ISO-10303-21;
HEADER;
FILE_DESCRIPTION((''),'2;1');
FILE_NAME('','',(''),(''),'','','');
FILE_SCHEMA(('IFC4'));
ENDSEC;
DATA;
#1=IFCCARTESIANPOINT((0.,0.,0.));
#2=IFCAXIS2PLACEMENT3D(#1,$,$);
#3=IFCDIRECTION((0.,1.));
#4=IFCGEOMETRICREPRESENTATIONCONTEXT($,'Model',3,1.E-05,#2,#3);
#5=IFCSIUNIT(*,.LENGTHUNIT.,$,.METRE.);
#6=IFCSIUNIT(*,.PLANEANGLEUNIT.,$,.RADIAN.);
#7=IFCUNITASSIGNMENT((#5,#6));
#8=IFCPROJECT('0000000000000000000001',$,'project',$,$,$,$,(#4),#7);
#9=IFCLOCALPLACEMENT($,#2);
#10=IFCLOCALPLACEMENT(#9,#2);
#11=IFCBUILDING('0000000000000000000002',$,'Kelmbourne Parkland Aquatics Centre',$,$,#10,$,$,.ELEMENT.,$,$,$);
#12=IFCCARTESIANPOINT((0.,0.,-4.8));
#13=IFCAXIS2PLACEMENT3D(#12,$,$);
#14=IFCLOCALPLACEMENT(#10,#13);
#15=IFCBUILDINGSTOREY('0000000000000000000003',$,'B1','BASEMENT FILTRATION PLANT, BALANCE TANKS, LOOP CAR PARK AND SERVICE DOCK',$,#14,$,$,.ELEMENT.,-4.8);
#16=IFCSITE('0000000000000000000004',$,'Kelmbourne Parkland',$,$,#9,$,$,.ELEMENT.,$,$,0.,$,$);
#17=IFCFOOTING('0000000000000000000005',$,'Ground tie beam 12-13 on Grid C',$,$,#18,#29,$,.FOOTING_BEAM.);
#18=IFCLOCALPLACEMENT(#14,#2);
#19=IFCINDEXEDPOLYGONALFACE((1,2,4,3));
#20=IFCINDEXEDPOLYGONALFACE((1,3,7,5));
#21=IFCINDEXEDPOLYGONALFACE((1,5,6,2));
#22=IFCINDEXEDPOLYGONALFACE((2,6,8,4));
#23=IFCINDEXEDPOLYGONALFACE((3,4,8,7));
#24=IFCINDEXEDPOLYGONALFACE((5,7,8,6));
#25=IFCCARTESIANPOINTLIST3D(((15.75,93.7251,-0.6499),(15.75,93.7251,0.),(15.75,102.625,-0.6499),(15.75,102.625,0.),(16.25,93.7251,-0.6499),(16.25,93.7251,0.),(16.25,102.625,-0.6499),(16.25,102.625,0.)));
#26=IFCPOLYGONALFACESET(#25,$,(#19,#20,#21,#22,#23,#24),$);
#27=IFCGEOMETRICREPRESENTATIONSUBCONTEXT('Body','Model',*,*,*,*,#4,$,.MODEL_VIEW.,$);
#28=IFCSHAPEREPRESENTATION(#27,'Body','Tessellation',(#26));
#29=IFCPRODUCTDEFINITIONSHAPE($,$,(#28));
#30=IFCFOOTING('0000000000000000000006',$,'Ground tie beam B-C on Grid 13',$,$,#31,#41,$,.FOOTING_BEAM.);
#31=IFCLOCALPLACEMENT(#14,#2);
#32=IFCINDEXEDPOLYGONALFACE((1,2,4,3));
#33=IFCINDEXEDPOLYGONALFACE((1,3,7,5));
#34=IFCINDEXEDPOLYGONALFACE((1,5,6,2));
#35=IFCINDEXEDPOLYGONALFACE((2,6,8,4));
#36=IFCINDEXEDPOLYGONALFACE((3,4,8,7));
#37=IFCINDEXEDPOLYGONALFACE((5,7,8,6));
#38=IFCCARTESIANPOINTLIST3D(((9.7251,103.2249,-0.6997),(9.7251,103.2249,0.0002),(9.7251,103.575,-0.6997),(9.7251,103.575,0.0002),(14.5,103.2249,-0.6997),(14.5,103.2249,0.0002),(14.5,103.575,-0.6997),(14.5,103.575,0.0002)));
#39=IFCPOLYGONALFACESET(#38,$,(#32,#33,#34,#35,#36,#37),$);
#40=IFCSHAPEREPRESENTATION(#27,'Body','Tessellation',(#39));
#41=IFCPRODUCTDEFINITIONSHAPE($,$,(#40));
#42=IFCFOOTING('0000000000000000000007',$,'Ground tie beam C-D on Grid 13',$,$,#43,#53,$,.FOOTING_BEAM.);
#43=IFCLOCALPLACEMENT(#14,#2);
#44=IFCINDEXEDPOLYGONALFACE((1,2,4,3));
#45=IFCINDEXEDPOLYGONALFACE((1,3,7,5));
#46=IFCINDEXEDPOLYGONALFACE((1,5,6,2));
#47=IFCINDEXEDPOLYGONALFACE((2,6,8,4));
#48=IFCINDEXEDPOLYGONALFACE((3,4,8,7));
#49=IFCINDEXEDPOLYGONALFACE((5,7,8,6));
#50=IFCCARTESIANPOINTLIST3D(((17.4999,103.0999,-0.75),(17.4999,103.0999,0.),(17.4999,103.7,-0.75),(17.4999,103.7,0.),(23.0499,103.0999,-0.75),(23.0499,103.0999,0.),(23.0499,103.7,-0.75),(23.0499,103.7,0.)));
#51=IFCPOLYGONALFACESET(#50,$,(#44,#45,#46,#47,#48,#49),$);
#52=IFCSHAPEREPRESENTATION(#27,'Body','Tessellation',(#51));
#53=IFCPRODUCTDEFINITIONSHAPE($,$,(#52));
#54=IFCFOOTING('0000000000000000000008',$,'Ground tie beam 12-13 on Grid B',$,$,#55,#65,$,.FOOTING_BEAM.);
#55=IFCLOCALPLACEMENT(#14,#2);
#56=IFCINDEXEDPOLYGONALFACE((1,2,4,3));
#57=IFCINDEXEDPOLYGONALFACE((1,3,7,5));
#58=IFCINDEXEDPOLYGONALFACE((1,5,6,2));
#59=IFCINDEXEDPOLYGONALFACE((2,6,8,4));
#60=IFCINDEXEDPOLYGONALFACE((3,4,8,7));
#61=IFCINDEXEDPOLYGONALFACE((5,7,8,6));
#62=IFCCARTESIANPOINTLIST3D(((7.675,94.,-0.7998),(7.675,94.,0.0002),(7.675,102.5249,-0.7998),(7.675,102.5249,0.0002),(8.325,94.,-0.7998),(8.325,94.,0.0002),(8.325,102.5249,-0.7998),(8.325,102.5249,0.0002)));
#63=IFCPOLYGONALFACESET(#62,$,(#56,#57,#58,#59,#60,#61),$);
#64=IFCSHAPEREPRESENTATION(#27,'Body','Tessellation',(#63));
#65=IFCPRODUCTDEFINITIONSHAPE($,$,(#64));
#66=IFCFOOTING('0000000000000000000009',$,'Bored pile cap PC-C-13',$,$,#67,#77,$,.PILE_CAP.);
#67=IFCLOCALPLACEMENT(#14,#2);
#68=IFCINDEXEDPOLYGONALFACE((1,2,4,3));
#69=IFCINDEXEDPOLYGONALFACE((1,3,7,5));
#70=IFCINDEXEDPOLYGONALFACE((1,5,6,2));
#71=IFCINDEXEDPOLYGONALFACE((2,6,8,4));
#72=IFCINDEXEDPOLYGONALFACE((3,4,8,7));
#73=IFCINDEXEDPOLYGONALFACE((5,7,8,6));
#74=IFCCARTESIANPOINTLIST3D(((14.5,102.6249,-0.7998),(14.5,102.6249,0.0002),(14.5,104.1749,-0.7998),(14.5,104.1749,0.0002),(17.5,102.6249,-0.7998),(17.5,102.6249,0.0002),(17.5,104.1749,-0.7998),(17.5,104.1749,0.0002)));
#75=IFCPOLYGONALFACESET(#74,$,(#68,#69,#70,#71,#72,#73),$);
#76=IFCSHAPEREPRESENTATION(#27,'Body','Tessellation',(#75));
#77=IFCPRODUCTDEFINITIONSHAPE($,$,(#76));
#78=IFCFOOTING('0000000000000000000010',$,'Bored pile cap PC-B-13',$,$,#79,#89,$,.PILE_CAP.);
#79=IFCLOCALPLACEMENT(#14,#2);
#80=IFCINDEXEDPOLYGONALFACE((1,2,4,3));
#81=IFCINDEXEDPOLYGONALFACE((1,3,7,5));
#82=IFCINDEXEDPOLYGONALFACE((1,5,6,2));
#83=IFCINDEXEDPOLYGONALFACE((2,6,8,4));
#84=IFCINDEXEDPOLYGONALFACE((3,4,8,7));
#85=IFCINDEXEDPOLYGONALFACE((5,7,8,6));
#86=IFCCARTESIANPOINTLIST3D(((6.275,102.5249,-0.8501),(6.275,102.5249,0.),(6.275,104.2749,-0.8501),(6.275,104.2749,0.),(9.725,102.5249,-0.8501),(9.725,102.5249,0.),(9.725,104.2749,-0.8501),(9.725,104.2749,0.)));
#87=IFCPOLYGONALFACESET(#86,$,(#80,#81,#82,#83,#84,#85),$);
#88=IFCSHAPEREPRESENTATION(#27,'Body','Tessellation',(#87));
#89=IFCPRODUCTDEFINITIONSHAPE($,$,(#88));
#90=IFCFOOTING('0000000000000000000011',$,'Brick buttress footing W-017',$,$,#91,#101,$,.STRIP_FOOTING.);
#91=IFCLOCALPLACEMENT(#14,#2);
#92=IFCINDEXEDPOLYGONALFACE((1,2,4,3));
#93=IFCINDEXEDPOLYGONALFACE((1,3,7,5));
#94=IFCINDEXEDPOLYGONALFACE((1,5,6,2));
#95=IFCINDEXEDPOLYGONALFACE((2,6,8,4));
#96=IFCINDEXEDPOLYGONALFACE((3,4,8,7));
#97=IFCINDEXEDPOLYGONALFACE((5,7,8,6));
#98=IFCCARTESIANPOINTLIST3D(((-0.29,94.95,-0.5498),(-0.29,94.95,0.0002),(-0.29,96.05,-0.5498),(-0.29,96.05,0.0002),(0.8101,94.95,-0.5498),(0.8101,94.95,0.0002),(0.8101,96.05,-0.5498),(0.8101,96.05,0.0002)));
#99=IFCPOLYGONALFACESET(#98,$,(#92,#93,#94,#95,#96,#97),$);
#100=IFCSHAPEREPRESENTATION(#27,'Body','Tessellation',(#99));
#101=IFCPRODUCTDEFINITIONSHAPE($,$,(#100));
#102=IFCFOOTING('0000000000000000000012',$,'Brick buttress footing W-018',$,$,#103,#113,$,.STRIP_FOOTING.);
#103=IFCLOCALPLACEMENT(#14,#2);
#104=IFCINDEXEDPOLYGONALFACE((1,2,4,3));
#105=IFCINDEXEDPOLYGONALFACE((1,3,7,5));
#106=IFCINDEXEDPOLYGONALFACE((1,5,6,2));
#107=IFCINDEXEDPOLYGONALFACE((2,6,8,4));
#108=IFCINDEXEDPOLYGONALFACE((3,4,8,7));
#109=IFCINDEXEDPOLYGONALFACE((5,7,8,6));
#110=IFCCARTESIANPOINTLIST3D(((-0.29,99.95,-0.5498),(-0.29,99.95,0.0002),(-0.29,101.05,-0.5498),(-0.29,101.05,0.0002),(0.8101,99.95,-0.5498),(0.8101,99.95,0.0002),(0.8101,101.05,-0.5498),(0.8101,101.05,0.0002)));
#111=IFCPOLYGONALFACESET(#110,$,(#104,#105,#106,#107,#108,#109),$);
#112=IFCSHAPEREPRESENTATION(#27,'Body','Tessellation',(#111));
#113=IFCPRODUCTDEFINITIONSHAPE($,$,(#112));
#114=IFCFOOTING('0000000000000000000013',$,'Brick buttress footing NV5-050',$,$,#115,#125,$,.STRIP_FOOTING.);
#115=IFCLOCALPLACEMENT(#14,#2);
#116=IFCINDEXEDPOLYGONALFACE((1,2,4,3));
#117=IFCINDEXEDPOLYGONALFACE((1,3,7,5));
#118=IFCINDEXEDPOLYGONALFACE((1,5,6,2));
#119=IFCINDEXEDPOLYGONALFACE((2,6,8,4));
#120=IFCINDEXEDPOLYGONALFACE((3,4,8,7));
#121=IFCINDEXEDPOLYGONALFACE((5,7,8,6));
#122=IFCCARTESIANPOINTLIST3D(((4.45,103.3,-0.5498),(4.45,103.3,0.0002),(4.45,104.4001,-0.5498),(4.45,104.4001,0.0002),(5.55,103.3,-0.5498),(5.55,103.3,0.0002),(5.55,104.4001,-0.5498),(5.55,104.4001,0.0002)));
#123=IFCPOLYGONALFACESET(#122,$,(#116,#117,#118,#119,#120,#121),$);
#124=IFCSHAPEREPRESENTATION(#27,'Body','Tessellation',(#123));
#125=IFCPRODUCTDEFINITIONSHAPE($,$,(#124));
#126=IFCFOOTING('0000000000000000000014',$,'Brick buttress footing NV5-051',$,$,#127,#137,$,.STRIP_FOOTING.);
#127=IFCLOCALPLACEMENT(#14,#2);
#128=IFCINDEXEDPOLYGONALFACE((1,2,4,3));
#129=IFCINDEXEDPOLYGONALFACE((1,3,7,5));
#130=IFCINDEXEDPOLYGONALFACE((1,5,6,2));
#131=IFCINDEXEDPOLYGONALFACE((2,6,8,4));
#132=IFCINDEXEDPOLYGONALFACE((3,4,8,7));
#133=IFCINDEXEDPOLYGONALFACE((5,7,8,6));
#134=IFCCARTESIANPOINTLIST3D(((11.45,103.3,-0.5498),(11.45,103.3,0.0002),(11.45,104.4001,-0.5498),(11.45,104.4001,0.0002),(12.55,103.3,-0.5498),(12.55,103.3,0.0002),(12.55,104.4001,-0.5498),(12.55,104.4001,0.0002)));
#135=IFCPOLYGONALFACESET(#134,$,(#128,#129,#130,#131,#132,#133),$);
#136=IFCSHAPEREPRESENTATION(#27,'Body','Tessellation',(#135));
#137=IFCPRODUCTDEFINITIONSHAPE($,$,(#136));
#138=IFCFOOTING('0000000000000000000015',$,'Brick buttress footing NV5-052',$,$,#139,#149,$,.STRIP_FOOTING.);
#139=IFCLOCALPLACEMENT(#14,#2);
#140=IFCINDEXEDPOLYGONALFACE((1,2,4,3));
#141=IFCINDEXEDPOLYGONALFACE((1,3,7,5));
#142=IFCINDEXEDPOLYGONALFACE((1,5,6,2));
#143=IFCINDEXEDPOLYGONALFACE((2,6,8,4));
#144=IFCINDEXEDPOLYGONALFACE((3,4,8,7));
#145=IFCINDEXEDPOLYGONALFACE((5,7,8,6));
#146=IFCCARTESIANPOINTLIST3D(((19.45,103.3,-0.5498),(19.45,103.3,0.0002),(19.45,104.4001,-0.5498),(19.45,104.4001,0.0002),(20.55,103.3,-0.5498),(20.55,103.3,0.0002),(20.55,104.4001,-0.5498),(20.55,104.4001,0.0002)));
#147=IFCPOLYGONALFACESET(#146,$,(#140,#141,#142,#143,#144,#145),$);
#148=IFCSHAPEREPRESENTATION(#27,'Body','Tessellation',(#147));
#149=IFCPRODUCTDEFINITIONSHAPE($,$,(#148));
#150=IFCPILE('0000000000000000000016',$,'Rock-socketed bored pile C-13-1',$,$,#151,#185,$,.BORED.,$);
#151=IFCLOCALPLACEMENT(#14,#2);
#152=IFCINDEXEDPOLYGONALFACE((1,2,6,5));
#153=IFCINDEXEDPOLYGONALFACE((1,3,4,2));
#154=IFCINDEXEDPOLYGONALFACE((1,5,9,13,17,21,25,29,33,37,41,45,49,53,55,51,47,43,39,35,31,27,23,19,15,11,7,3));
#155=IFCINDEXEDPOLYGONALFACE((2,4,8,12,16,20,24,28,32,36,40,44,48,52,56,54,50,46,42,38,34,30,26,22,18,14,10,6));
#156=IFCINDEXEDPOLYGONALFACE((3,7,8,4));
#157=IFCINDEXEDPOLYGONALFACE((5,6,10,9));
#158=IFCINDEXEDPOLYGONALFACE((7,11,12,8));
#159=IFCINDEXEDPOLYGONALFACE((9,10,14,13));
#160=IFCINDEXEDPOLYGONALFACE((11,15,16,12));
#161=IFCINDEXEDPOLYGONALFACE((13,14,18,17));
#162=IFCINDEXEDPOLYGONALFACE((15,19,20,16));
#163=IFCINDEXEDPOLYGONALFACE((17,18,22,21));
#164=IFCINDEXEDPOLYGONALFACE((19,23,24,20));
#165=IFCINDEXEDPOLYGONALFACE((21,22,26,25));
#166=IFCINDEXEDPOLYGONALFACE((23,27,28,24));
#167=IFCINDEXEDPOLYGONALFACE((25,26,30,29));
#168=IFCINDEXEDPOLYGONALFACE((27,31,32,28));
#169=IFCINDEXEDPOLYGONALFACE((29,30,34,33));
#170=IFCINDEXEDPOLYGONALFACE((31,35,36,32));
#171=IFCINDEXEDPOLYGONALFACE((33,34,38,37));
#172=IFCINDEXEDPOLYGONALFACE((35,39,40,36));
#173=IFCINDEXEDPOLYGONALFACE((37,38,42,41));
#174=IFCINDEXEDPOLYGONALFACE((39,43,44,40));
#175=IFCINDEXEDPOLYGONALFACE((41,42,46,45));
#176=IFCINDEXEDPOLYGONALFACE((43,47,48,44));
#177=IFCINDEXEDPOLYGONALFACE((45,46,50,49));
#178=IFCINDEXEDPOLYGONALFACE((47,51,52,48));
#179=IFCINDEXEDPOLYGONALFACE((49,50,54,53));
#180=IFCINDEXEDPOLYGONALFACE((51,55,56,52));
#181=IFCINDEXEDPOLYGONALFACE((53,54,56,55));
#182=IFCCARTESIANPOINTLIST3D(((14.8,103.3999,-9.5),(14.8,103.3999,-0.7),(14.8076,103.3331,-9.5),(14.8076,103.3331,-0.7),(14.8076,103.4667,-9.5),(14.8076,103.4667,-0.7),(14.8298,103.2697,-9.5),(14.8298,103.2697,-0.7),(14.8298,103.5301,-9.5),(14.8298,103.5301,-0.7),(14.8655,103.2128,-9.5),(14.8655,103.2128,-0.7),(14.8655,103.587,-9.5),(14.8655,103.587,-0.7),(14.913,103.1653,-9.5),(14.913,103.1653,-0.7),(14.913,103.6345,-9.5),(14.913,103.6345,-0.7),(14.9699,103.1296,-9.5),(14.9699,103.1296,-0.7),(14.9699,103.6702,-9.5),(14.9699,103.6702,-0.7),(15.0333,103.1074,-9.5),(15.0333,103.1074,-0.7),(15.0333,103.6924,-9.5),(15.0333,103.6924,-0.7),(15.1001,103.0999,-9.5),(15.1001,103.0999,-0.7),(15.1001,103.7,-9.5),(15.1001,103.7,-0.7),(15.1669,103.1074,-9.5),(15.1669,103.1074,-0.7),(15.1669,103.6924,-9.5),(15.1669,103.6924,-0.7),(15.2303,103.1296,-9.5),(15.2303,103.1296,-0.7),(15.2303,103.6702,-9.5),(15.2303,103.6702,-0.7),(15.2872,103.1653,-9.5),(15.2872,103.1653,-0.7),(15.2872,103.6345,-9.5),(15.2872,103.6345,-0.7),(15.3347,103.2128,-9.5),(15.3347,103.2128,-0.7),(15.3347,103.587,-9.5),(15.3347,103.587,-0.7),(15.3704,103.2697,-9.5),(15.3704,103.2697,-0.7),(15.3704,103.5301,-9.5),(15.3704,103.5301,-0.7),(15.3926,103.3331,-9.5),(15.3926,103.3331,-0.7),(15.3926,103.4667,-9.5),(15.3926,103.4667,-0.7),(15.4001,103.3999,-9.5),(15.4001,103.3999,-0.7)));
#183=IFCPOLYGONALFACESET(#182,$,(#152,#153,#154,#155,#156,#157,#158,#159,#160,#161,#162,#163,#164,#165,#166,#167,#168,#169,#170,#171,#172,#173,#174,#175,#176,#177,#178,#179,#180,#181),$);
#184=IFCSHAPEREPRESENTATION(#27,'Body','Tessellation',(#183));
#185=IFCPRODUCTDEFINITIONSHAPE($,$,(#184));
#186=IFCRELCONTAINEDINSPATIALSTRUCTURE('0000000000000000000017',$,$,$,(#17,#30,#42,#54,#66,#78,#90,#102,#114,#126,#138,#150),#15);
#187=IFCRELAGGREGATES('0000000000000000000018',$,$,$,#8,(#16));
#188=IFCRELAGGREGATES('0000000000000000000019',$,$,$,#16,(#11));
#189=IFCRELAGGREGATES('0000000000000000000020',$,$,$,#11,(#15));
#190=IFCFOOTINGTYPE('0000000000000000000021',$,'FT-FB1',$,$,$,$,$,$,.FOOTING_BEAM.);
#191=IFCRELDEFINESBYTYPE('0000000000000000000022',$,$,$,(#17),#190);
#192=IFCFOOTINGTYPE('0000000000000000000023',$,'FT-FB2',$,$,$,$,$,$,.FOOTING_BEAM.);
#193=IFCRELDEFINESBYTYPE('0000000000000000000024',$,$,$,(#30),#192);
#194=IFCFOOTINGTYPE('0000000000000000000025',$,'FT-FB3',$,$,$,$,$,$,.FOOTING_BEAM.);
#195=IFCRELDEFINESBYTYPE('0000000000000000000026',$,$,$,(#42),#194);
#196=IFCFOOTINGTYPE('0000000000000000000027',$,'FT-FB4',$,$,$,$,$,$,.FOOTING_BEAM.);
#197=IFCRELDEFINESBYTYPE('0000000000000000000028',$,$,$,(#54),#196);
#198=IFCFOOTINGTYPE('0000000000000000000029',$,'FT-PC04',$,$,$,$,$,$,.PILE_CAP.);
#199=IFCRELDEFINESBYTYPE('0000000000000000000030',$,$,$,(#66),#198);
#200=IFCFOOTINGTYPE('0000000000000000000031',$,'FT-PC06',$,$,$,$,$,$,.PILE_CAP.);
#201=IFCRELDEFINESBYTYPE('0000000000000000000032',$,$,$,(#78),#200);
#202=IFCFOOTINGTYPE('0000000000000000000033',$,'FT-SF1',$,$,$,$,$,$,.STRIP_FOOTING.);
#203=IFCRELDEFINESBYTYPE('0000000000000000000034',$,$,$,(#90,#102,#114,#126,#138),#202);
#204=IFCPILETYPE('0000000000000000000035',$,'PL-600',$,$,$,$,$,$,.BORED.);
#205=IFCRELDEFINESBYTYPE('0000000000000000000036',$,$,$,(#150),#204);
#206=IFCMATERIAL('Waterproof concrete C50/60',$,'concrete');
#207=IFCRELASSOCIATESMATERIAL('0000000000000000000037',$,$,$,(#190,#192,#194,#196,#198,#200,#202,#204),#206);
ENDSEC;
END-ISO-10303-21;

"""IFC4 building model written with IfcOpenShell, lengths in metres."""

from ifc_helpers import new_model, si_unit, direction, frame, origin, origin_2d, place, context, subcontext, project, spatial, rectangle, circle, extrude, material, material_profile, profile_set, type_object, element, save


model = new_model("IFC4")

# Units and contexts
model_context = context("Model", 3, precision=1e-05, world=origin(), true_north=direction((0.0, 1.0)))
body_context = subcontext(model_context, "Body", "Model", "MODEL_VIEW")
ifc_project = project(units=[si_unit("LENGTHUNIT", "METRE"), si_unit("PLANEANGLEUNIT", "RADIAN")], contexts=[model_context])

# Site, building, storey
site_placement = place(None, origin())
site = spatial("IfcSite", under=ifc_project, at=site_placement, Name="Kelmbourne Parkland", CompositionType="ELEMENT", RefElevation=0.0)
building_placement = place(site_placement, origin())
building = spatial("IfcBuilding", under=site, at=building_placement, Name="Kelmbourne Parkland Aquatics Centre", CompositionType="ELEMENT")
storey_placement = place(building_placement, frame((0.0, 0.0, -4.8)))
storey = spatial("IfcBuildingStorey", under=building, at=storey_placement, Name="B1", Description="BASEMENT FILTRATION PLANT, BALANCE TANKS, LOOP CAR PARK AND SERVICE DOCK", CompositionType="ELEMENT", Elevation=-4.8)

# Footings
ifc_material_1 = material(Name="Waterproof concrete C50/60", Category="concrete")
footing_type_1 = type_object("IfcFootingType", Name="FT-FB1", PredefinedType="FOOTING_BEAM", material=ifc_material_1)
footing_1_placement = place(storey_placement, frame((16.0, 98.175, -0.6499), z_axis=(0.0, 0.0, 1.0), x_axis=(0.0, 1.0, 0.0)))
element("IfcFooting", 1, at=footing_1_placement, inside=storey, type_object=footing_type_1, Name="Ground tie beam 12-13 on Grid C", PredefinedType="FOOTING_BEAM", context=body_context, shape_type="SweptSolid", body=[
    extrude(rectangle(XDim=8.8999, YDim=0.5, at=origin_2d()), origin(), (0.0, 0.0, 1.0), 0.6499),
])
footing_type_2 = type_object("IfcFootingType", Name="FT-FB2", PredefinedType="FOOTING_BEAM", material=ifc_material_1)
footing_2_placement = place(storey_placement, frame((12.1125, 103.3999, -0.6997), z_axis=(0.0, 0.0, 1.0), x_axis=(1.0, 0.0, 0.0)))
element("IfcFooting", 2, at=footing_2_placement, inside=storey, type_object=footing_type_2, Name="Ground tie beam B-C on Grid 13", PredefinedType="FOOTING_BEAM", context=body_context, shape_type="SweptSolid", body=[
    extrude(rectangle(XDim=4.7749, YDim=0.3501, at=origin_2d()), origin(), (0.0, 0.0, 1.0), 0.7),
])
footing_type_3 = type_object("IfcFootingType", Name="FT-FB3", PredefinedType="FOOTING_BEAM", material=ifc_material_1)
footing_3_placement = place(storey_placement, frame((20.2749, 103.3999, -0.75), z_axis=(0.0, 0.0, 1.0), x_axis=(1.0, 0.0, 0.0)))
element("IfcFooting", 3, at=footing_3_placement, inside=storey, type_object=footing_type_3, Name="Ground tie beam C-D on Grid 13", PredefinedType="FOOTING_BEAM", context=body_context, shape_type="SweptSolid", body=[
    extrude(rectangle(XDim=5.55, YDim=0.6001, at=origin_2d()), origin(), (0.0, 0.0, 1.0), 0.75),
])
footing_type_4 = type_object("IfcFootingType", Name="FT-FB4", PredefinedType="FOOTING_BEAM", material=ifc_material_1)
footing_4_placement = place(storey_placement, frame((8.0, 98.2625, -0.7998), z_axis=(0.0, 0.0, 1.0), x_axis=(0.0, 1.0, 0.0)))
element("IfcFooting", 4, at=footing_4_placement, inside=storey, type_object=footing_type_4, Name="Ground tie beam 12-13 on Grid B", PredefinedType="FOOTING_BEAM", context=body_context, shape_type="SweptSolid", body=[
    extrude(rectangle(XDim=8.5249, YDim=0.6499, at=origin_2d()), origin(), (0.0, 0.0, 1.0), 0.8),
])
footing_type_5 = type_object("IfcFootingType", Name="FT-PC04", PredefinedType="PILE_CAP", material=ifc_material_1)
footing_5_placement = place(storey_placement, frame((16.0, 103.3999, -0.7998), z_axis=(0.0, 0.0, 1.0), x_axis=(1.0, 0.0, 0.0)))
element("IfcFooting", 5, at=footing_5_placement, inside=storey, type_object=footing_type_5, Name="Bored pile cap PC-C-13", PredefinedType="PILE_CAP", context=body_context, shape_type="SweptSolid", body=[
    extrude(rectangle(XDim=3.0, YDim=1.55, at=origin_2d()), origin(), (0.0, 0.0, 1.0), 0.8),
])
footing_type_6 = type_object("IfcFootingType", Name="FT-PC06", PredefinedType="PILE_CAP", material=ifc_material_1)
footing_6_placement = place(storey_placement, frame((8.0, 103.3999, -0.8501), z_axis=(0.0, 0.0, 1.0), x_axis=(1.0, 0.0, 0.0)))
element("IfcFooting", 6, at=footing_6_placement, inside=storey, type_object=footing_type_6, Name="Bored pile cap PC-B-13", PredefinedType="PILE_CAP", context=body_context, shape_type="SweptSolid", body=[
    extrude(rectangle(XDim=3.45, YDim=1.75, at=origin_2d()), origin(), (0.0, 0.0, 1.0), 0.8501),
])
footing_type_7 = type_object("IfcFootingType", Name="FT-SF1", PredefinedType="STRIP_FOOTING", material=ifc_material_1)
for number, where, z_axis, x_axis, name in (
    (7, (0.26, 95.5, -0.5498), (0.0, 0.0, 1.0), (1.0, 0.0, 0.0), "Brick buttress footing W-017"),
    (8, (0.26, 100.5, -0.5498), (0.0, 0.0, 1.0), (1.0, 0.0, 0.0), "Brick buttress footing W-018"),
    (9, (5.0, 103.8501, -0.5498), (0.0, 0.0, 1.0), (1.0, 0.0, 0.0), "Brick buttress footing NV5-050"),
    (10, (12.0, 103.8501, -0.5498), (0.0, 0.0, 1.0), (1.0, 0.0, 0.0), "Brick buttress footing NV5-051"),
    (11, (20.0, 103.8501, -0.5498), (0.0, 0.0, 1.0), (1.0, 0.0, 0.0), "Brick buttress footing NV5-052"),
):
    element("IfcFooting", number, at=place(storey_placement, frame(where, z_axis=z_axis, x_axis=x_axis)), inside=storey, type_object=footing_type_7, Name=name, PredefinedType="STRIP_FOOTING", context=body_context, shape_type="SweptSolid", body=[
        extrude(rectangle(XDim=1.1001, YDim=1.1001, at=origin_2d()), origin(), (0.0, 0.0, 1.0), 0.55),
    ])

# Pile
ifc_material_profile_1 = material_profile(ifc_material_1, circle(Radius=0.3, at=origin_2d()), Name="PILE D600")
ifc_profile_set_1 = profile_set([ifc_material_profile_1], Name="Waterproof concrete C50/60")
pile_type_1 = type_object("IfcPileType", Name="PL-600", PredefinedType="BORED", material=ifc_profile_set_1)
for number, where, z_axis, x_axis, name in (
    (12, (15.1001, 103.3999, -0.7), (0.0, 0.0, -1.0), (1.0, 0.0, 0.0), "Rock-socketed bored pile C-13-1"),
):
    element("IfcPile", number, at=place(storey_placement, frame(where, z_axis=z_axis, x_axis=x_axis)), inside=storey, type_object=pile_type_1, Name=name, PredefinedType="BORED", context=body_context, shape_type="SweptSolid", body=[
        extrude(circle(Radius=0.3, at=origin_2d()), origin(), (0.0, 0.0, 1.0), 8.8),
    ])

save(model, "model.ifc")
